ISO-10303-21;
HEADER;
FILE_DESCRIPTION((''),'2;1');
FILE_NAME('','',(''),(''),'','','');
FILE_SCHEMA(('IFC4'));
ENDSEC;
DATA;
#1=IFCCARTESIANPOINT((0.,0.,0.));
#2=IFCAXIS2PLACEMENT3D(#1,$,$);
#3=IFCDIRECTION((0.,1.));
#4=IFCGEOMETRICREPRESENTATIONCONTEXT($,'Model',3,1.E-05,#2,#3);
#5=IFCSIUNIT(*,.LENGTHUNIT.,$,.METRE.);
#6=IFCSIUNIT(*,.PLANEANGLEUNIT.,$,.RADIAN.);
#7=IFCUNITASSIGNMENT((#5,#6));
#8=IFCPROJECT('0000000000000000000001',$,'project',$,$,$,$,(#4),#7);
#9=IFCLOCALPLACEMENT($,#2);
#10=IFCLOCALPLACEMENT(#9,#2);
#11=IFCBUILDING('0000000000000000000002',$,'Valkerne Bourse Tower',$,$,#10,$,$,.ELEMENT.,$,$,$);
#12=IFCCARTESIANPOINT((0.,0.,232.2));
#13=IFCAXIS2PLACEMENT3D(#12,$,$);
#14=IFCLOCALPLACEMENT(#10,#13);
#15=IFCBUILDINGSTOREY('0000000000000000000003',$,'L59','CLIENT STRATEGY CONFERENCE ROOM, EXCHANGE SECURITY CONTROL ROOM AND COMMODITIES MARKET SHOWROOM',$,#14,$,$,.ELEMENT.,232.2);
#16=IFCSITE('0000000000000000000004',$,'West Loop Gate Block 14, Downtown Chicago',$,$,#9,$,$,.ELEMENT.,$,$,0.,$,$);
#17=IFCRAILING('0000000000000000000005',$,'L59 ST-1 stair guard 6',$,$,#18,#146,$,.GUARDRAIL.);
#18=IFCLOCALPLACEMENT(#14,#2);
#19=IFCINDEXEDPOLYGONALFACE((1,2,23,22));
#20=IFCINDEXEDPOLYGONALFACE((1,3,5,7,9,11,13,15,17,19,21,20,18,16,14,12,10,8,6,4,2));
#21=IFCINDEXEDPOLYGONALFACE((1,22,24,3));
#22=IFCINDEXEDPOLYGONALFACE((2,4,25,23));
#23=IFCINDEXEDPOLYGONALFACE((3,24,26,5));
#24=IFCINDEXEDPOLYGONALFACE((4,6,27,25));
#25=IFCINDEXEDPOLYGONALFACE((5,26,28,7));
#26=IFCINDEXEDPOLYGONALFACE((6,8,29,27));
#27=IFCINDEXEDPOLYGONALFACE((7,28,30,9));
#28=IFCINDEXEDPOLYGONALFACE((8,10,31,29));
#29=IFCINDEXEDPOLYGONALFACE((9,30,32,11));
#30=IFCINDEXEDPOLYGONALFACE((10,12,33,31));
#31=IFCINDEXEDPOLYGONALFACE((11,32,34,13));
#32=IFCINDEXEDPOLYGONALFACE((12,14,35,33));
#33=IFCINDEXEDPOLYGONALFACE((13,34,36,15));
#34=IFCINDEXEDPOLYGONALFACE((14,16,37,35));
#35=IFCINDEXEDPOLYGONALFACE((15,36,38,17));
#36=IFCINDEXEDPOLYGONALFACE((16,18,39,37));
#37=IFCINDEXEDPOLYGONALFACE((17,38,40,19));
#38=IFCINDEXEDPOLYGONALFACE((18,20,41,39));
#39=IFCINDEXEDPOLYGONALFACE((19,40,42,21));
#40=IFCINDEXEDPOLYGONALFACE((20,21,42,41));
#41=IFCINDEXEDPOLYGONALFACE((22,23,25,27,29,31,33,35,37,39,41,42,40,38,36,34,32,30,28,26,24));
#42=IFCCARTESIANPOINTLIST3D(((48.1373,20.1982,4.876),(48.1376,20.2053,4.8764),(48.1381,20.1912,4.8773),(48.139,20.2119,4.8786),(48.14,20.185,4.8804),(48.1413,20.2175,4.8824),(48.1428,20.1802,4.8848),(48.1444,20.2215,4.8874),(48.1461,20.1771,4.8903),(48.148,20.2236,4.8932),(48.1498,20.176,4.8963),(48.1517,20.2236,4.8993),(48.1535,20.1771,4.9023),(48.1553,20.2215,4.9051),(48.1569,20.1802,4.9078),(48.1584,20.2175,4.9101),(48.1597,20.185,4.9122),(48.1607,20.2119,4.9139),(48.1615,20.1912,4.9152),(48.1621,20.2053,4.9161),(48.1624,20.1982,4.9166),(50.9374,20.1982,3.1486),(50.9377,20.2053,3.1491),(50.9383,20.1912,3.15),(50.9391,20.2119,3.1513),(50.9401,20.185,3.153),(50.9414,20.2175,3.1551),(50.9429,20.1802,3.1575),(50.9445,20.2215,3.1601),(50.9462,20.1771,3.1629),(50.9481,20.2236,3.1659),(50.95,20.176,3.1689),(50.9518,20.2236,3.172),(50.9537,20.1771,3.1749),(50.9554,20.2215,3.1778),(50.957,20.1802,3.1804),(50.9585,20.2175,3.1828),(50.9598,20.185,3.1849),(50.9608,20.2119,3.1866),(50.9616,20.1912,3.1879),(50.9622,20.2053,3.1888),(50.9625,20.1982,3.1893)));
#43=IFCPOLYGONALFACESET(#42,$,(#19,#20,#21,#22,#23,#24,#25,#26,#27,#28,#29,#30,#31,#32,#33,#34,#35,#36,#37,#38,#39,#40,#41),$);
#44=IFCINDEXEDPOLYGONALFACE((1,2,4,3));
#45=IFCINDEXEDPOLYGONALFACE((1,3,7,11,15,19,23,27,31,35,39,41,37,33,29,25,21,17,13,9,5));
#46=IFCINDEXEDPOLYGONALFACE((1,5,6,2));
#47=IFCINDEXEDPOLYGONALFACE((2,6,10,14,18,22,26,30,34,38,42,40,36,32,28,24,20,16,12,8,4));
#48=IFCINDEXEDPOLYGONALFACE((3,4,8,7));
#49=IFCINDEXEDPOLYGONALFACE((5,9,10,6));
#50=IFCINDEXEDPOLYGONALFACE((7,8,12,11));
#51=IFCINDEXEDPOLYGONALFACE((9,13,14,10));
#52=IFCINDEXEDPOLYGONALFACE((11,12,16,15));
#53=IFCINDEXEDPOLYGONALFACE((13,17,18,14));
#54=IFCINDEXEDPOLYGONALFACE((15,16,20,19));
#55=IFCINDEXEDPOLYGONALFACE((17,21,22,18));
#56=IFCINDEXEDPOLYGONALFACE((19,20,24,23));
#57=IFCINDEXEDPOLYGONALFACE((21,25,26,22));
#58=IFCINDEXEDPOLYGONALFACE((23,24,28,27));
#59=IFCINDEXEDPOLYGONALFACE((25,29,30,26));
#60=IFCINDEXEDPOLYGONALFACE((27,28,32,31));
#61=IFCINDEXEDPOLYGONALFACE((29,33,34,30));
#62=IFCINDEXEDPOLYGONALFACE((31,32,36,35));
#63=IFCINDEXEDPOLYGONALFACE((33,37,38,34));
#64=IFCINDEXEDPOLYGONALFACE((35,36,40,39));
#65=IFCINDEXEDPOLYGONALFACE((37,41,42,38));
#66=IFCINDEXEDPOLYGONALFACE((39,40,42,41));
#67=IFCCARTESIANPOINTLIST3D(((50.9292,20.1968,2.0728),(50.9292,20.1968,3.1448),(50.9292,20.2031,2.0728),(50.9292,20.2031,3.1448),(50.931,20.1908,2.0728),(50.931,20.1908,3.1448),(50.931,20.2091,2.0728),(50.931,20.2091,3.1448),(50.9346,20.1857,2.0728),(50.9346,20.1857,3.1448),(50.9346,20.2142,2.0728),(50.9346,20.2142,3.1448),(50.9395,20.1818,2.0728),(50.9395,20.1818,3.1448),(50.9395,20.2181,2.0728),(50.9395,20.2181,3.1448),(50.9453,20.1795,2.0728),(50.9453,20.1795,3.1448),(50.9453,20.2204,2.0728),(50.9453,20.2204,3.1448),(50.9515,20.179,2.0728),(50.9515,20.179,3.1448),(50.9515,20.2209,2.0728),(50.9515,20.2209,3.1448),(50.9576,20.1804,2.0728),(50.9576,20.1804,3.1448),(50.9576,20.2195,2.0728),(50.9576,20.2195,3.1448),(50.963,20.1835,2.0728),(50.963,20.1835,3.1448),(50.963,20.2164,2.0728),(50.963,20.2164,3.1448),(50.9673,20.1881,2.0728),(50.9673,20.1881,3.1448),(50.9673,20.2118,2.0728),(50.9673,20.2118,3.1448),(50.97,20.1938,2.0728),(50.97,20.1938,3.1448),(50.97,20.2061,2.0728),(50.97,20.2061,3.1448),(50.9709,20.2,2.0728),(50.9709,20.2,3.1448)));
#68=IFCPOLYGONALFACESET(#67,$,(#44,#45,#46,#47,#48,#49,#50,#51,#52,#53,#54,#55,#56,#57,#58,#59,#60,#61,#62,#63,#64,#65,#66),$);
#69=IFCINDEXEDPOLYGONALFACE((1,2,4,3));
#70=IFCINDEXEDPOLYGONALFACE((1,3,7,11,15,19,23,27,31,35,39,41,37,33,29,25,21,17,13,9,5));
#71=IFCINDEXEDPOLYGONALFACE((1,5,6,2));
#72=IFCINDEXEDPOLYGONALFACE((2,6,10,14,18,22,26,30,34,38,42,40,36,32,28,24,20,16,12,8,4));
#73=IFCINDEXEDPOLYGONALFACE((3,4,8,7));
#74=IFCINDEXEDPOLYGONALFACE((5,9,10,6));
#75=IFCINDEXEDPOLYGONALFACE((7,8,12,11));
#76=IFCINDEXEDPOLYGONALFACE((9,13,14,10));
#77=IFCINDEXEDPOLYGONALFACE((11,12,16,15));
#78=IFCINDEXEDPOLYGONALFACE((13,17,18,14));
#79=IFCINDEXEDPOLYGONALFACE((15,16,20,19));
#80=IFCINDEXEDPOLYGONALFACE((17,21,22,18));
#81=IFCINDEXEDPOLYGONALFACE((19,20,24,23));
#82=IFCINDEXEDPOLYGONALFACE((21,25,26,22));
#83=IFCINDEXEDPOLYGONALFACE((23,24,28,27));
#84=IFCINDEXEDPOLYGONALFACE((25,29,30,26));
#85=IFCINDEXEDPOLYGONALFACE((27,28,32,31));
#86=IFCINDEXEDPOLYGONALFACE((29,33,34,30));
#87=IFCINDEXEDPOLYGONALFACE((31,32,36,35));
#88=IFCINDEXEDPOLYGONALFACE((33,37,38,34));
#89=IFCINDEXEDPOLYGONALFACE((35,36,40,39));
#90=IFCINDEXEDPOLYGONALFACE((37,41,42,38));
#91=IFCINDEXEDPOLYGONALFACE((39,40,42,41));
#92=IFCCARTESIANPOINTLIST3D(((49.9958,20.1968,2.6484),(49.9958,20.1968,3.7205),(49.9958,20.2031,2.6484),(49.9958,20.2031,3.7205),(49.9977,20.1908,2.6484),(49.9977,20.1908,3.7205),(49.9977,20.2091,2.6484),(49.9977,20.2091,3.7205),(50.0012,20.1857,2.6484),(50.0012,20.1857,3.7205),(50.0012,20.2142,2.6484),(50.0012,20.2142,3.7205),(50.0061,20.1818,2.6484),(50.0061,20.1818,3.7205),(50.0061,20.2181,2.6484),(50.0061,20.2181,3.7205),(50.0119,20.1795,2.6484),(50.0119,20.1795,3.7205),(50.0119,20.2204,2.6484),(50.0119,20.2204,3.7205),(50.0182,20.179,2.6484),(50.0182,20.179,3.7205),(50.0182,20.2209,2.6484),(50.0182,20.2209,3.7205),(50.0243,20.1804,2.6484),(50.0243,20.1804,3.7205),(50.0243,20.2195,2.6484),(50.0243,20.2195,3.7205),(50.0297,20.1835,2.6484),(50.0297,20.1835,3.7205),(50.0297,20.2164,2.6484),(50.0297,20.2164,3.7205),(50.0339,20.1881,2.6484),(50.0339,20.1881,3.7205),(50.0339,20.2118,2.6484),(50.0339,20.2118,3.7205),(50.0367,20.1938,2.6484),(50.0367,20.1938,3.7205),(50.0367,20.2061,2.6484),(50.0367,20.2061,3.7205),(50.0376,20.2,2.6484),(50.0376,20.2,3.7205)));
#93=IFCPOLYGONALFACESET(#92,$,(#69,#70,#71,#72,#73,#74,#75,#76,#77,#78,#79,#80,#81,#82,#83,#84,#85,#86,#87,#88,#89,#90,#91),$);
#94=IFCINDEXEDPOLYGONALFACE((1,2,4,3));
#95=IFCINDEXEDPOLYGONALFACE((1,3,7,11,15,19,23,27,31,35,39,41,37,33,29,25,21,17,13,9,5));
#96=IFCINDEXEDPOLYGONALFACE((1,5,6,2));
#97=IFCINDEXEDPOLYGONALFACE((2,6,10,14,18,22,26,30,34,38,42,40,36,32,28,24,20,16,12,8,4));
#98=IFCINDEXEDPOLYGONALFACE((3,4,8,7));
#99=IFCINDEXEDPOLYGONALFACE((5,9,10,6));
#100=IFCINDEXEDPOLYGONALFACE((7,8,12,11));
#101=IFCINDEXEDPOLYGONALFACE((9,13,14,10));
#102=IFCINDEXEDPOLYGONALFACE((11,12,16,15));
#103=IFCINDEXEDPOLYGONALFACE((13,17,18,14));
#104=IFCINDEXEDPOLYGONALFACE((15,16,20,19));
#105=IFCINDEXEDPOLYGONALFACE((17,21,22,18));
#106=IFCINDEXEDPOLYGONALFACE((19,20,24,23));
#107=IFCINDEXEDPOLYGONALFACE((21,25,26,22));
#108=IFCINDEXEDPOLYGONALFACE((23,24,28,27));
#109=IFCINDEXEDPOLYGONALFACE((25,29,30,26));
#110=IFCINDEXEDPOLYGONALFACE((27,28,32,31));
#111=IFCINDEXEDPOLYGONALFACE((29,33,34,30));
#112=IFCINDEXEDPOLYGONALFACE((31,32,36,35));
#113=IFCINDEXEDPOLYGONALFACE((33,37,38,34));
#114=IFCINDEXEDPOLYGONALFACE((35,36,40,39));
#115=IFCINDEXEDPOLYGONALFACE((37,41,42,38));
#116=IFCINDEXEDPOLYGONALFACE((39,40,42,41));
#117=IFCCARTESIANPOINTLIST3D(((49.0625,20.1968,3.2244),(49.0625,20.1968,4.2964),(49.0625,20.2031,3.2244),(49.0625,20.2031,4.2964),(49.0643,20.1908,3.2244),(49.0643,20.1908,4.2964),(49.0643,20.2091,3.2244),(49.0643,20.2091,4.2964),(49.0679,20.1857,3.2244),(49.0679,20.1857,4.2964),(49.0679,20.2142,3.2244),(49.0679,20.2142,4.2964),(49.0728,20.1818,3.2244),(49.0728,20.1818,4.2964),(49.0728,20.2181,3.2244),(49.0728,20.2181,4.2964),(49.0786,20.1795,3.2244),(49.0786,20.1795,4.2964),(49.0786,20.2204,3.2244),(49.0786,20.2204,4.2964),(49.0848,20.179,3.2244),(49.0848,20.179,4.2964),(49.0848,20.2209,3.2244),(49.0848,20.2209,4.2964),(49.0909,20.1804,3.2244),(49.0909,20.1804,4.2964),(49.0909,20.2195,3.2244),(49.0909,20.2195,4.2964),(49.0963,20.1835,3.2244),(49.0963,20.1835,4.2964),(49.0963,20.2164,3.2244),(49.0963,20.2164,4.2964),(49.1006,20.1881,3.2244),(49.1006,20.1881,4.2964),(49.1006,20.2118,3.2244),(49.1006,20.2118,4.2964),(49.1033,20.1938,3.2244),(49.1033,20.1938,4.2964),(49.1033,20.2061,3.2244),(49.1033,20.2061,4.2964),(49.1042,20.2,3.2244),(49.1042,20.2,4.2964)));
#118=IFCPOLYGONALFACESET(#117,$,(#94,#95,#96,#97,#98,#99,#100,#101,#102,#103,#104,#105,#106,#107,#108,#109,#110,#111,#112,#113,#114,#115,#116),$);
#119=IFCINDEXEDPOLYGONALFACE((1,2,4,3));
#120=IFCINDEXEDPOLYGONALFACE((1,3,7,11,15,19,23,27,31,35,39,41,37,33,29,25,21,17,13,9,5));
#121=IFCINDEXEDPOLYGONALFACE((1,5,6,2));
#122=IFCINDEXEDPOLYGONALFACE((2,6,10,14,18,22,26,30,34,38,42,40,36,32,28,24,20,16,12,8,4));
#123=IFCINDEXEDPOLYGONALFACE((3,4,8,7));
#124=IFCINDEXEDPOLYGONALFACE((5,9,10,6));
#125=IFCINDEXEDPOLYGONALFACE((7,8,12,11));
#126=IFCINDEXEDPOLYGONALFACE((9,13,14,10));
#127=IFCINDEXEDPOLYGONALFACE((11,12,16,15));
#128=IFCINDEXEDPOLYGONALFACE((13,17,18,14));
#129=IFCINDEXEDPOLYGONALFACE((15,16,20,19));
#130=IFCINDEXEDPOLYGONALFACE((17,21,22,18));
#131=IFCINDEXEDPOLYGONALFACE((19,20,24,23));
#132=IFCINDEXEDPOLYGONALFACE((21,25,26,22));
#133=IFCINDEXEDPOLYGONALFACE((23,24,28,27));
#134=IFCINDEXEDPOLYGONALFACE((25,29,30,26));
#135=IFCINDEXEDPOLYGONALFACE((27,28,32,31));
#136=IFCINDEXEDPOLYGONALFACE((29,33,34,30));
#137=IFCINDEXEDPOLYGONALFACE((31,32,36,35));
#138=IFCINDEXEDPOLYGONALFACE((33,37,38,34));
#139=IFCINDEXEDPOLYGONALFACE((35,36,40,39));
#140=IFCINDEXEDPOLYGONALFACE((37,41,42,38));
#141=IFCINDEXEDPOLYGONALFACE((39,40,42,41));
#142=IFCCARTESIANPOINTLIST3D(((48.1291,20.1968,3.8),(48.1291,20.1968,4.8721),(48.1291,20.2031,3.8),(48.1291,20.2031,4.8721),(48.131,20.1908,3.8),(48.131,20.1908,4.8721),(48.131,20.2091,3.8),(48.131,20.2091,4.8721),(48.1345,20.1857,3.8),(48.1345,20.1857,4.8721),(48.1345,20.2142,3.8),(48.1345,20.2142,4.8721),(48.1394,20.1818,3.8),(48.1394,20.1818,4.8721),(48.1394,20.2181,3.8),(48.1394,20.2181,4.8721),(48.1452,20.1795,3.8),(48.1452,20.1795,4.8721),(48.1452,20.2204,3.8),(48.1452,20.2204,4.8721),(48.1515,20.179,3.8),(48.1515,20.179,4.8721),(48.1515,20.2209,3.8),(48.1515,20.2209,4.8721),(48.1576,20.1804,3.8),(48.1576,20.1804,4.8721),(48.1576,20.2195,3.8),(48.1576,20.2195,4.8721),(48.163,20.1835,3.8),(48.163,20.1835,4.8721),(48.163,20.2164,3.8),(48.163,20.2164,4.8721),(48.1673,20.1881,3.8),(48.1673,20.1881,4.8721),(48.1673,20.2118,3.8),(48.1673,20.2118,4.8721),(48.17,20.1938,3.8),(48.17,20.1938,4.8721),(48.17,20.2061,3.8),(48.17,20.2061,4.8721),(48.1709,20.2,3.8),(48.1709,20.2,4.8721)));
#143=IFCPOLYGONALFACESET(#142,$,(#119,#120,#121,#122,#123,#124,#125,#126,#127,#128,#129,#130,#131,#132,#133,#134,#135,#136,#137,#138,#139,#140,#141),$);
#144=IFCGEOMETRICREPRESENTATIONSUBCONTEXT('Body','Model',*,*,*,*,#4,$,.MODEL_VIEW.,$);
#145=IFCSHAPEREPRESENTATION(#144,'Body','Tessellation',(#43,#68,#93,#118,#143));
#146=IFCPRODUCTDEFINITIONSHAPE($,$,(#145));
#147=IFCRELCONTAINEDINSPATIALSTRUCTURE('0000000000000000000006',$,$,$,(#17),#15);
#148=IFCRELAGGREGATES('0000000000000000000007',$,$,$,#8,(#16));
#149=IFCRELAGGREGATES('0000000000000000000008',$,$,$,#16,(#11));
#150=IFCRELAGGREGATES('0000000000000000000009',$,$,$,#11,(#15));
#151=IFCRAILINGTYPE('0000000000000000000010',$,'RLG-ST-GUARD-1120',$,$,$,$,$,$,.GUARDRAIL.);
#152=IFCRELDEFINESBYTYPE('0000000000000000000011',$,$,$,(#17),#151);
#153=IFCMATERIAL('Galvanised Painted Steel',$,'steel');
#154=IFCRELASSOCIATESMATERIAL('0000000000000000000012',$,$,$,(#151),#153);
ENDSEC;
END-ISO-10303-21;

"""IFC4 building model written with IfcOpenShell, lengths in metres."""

from ifc_helpers import new_model, si_unit, direction, frame, origin, origin_2d, place, context, subcontext, project, spatial, circle, extrude, material, type_object, element, save


model = new_model("IFC4")

# Units and contexts
model_context = context("Model", 3, precision=1e-05, world=origin(), true_north=direction((0.0, 1.0)))
body_context = subcontext(model_context, "Body", "Model", "MODEL_VIEW")
ifc_project = project(units=[si_unit("LENGTHUNIT", "METRE"), si_unit("PLANEANGLEUNIT", "RADIAN")], contexts=[model_context])

# Site, building, storey
site_placement = place(None, origin())
site = spatial("IfcSite", under=ifc_project, at=site_placement, Name="West Loop Gate Block 14, Downtown Chicago", CompositionType="ELEMENT", RefElevation=0.0)
building_placement = place(site_placement, origin())
building = spatial("IfcBuilding", under=site, at=building_placement, Name="Valkerne Bourse Tower", CompositionType="ELEMENT")
storey_placement = place(building_placement, frame((0.0, 0.0, 232.2)))
storey = spatial("IfcBuildingStorey", under=building, at=storey_placement, Name="L59", Description="CLIENT STRATEGY CONFERENCE ROOM, EXCHANGE SECURITY CONTROL ROOM AND COMMODITIES MARKET SHOWROOM", CompositionType="ELEMENT", Elevation=232.2)

# Shared definitions
ifc_material_1 = material(Name="Galvanised Painted Steel", Category="steel")

# Railing
railing_type_1 = type_object("IfcRailingType", Name="RLG-ST-GUARD-1120", PredefinedType="GUARDRAIL", material=ifc_material_1)
railing_1_placement = place(storey_placement, frame((50.95, 20.2, 2.0728)))
element("IfcRailing", 1, at=railing_1_placement, inside=storey, type_object=railing_type_1, Name="L59 ST-1 stair guard 6", PredefinedType="GUARDRAIL", context=body_context, shape_type="SweptSolid", body=[
    extrude(circle(Radius=0.0239, at=origin_2d()), frame((0.0, 0.0, 1.0962), z_axis=(-0.85109, 0.0, 0.52502), x_axis=(0.0, -1.0, 0.0)), (0.0, 0.0, 1.0), 3.29),
    extrude(circle(Radius=0.021, at=origin_2d()), origin(), (0.0, 0.0, 1.0), 1.072),
    extrude(circle(Radius=0.021, at=origin_2d()), frame((-0.9333, 0.0, 0.5757)), (0.0, 0.0, 1.0), 1.072),
    extrude(circle(Radius=0.021, at=origin_2d()), frame((-1.8667, 0.0, 1.1516)), (0.0, 0.0, 1.0), 1.072),
    extrude(circle(Radius=0.021, at=origin_2d()), frame((-2.8, 0.0, 1.7273)), (0.0, 0.0, 1.0), 1.072),
])

save(model, "model.ifc")
